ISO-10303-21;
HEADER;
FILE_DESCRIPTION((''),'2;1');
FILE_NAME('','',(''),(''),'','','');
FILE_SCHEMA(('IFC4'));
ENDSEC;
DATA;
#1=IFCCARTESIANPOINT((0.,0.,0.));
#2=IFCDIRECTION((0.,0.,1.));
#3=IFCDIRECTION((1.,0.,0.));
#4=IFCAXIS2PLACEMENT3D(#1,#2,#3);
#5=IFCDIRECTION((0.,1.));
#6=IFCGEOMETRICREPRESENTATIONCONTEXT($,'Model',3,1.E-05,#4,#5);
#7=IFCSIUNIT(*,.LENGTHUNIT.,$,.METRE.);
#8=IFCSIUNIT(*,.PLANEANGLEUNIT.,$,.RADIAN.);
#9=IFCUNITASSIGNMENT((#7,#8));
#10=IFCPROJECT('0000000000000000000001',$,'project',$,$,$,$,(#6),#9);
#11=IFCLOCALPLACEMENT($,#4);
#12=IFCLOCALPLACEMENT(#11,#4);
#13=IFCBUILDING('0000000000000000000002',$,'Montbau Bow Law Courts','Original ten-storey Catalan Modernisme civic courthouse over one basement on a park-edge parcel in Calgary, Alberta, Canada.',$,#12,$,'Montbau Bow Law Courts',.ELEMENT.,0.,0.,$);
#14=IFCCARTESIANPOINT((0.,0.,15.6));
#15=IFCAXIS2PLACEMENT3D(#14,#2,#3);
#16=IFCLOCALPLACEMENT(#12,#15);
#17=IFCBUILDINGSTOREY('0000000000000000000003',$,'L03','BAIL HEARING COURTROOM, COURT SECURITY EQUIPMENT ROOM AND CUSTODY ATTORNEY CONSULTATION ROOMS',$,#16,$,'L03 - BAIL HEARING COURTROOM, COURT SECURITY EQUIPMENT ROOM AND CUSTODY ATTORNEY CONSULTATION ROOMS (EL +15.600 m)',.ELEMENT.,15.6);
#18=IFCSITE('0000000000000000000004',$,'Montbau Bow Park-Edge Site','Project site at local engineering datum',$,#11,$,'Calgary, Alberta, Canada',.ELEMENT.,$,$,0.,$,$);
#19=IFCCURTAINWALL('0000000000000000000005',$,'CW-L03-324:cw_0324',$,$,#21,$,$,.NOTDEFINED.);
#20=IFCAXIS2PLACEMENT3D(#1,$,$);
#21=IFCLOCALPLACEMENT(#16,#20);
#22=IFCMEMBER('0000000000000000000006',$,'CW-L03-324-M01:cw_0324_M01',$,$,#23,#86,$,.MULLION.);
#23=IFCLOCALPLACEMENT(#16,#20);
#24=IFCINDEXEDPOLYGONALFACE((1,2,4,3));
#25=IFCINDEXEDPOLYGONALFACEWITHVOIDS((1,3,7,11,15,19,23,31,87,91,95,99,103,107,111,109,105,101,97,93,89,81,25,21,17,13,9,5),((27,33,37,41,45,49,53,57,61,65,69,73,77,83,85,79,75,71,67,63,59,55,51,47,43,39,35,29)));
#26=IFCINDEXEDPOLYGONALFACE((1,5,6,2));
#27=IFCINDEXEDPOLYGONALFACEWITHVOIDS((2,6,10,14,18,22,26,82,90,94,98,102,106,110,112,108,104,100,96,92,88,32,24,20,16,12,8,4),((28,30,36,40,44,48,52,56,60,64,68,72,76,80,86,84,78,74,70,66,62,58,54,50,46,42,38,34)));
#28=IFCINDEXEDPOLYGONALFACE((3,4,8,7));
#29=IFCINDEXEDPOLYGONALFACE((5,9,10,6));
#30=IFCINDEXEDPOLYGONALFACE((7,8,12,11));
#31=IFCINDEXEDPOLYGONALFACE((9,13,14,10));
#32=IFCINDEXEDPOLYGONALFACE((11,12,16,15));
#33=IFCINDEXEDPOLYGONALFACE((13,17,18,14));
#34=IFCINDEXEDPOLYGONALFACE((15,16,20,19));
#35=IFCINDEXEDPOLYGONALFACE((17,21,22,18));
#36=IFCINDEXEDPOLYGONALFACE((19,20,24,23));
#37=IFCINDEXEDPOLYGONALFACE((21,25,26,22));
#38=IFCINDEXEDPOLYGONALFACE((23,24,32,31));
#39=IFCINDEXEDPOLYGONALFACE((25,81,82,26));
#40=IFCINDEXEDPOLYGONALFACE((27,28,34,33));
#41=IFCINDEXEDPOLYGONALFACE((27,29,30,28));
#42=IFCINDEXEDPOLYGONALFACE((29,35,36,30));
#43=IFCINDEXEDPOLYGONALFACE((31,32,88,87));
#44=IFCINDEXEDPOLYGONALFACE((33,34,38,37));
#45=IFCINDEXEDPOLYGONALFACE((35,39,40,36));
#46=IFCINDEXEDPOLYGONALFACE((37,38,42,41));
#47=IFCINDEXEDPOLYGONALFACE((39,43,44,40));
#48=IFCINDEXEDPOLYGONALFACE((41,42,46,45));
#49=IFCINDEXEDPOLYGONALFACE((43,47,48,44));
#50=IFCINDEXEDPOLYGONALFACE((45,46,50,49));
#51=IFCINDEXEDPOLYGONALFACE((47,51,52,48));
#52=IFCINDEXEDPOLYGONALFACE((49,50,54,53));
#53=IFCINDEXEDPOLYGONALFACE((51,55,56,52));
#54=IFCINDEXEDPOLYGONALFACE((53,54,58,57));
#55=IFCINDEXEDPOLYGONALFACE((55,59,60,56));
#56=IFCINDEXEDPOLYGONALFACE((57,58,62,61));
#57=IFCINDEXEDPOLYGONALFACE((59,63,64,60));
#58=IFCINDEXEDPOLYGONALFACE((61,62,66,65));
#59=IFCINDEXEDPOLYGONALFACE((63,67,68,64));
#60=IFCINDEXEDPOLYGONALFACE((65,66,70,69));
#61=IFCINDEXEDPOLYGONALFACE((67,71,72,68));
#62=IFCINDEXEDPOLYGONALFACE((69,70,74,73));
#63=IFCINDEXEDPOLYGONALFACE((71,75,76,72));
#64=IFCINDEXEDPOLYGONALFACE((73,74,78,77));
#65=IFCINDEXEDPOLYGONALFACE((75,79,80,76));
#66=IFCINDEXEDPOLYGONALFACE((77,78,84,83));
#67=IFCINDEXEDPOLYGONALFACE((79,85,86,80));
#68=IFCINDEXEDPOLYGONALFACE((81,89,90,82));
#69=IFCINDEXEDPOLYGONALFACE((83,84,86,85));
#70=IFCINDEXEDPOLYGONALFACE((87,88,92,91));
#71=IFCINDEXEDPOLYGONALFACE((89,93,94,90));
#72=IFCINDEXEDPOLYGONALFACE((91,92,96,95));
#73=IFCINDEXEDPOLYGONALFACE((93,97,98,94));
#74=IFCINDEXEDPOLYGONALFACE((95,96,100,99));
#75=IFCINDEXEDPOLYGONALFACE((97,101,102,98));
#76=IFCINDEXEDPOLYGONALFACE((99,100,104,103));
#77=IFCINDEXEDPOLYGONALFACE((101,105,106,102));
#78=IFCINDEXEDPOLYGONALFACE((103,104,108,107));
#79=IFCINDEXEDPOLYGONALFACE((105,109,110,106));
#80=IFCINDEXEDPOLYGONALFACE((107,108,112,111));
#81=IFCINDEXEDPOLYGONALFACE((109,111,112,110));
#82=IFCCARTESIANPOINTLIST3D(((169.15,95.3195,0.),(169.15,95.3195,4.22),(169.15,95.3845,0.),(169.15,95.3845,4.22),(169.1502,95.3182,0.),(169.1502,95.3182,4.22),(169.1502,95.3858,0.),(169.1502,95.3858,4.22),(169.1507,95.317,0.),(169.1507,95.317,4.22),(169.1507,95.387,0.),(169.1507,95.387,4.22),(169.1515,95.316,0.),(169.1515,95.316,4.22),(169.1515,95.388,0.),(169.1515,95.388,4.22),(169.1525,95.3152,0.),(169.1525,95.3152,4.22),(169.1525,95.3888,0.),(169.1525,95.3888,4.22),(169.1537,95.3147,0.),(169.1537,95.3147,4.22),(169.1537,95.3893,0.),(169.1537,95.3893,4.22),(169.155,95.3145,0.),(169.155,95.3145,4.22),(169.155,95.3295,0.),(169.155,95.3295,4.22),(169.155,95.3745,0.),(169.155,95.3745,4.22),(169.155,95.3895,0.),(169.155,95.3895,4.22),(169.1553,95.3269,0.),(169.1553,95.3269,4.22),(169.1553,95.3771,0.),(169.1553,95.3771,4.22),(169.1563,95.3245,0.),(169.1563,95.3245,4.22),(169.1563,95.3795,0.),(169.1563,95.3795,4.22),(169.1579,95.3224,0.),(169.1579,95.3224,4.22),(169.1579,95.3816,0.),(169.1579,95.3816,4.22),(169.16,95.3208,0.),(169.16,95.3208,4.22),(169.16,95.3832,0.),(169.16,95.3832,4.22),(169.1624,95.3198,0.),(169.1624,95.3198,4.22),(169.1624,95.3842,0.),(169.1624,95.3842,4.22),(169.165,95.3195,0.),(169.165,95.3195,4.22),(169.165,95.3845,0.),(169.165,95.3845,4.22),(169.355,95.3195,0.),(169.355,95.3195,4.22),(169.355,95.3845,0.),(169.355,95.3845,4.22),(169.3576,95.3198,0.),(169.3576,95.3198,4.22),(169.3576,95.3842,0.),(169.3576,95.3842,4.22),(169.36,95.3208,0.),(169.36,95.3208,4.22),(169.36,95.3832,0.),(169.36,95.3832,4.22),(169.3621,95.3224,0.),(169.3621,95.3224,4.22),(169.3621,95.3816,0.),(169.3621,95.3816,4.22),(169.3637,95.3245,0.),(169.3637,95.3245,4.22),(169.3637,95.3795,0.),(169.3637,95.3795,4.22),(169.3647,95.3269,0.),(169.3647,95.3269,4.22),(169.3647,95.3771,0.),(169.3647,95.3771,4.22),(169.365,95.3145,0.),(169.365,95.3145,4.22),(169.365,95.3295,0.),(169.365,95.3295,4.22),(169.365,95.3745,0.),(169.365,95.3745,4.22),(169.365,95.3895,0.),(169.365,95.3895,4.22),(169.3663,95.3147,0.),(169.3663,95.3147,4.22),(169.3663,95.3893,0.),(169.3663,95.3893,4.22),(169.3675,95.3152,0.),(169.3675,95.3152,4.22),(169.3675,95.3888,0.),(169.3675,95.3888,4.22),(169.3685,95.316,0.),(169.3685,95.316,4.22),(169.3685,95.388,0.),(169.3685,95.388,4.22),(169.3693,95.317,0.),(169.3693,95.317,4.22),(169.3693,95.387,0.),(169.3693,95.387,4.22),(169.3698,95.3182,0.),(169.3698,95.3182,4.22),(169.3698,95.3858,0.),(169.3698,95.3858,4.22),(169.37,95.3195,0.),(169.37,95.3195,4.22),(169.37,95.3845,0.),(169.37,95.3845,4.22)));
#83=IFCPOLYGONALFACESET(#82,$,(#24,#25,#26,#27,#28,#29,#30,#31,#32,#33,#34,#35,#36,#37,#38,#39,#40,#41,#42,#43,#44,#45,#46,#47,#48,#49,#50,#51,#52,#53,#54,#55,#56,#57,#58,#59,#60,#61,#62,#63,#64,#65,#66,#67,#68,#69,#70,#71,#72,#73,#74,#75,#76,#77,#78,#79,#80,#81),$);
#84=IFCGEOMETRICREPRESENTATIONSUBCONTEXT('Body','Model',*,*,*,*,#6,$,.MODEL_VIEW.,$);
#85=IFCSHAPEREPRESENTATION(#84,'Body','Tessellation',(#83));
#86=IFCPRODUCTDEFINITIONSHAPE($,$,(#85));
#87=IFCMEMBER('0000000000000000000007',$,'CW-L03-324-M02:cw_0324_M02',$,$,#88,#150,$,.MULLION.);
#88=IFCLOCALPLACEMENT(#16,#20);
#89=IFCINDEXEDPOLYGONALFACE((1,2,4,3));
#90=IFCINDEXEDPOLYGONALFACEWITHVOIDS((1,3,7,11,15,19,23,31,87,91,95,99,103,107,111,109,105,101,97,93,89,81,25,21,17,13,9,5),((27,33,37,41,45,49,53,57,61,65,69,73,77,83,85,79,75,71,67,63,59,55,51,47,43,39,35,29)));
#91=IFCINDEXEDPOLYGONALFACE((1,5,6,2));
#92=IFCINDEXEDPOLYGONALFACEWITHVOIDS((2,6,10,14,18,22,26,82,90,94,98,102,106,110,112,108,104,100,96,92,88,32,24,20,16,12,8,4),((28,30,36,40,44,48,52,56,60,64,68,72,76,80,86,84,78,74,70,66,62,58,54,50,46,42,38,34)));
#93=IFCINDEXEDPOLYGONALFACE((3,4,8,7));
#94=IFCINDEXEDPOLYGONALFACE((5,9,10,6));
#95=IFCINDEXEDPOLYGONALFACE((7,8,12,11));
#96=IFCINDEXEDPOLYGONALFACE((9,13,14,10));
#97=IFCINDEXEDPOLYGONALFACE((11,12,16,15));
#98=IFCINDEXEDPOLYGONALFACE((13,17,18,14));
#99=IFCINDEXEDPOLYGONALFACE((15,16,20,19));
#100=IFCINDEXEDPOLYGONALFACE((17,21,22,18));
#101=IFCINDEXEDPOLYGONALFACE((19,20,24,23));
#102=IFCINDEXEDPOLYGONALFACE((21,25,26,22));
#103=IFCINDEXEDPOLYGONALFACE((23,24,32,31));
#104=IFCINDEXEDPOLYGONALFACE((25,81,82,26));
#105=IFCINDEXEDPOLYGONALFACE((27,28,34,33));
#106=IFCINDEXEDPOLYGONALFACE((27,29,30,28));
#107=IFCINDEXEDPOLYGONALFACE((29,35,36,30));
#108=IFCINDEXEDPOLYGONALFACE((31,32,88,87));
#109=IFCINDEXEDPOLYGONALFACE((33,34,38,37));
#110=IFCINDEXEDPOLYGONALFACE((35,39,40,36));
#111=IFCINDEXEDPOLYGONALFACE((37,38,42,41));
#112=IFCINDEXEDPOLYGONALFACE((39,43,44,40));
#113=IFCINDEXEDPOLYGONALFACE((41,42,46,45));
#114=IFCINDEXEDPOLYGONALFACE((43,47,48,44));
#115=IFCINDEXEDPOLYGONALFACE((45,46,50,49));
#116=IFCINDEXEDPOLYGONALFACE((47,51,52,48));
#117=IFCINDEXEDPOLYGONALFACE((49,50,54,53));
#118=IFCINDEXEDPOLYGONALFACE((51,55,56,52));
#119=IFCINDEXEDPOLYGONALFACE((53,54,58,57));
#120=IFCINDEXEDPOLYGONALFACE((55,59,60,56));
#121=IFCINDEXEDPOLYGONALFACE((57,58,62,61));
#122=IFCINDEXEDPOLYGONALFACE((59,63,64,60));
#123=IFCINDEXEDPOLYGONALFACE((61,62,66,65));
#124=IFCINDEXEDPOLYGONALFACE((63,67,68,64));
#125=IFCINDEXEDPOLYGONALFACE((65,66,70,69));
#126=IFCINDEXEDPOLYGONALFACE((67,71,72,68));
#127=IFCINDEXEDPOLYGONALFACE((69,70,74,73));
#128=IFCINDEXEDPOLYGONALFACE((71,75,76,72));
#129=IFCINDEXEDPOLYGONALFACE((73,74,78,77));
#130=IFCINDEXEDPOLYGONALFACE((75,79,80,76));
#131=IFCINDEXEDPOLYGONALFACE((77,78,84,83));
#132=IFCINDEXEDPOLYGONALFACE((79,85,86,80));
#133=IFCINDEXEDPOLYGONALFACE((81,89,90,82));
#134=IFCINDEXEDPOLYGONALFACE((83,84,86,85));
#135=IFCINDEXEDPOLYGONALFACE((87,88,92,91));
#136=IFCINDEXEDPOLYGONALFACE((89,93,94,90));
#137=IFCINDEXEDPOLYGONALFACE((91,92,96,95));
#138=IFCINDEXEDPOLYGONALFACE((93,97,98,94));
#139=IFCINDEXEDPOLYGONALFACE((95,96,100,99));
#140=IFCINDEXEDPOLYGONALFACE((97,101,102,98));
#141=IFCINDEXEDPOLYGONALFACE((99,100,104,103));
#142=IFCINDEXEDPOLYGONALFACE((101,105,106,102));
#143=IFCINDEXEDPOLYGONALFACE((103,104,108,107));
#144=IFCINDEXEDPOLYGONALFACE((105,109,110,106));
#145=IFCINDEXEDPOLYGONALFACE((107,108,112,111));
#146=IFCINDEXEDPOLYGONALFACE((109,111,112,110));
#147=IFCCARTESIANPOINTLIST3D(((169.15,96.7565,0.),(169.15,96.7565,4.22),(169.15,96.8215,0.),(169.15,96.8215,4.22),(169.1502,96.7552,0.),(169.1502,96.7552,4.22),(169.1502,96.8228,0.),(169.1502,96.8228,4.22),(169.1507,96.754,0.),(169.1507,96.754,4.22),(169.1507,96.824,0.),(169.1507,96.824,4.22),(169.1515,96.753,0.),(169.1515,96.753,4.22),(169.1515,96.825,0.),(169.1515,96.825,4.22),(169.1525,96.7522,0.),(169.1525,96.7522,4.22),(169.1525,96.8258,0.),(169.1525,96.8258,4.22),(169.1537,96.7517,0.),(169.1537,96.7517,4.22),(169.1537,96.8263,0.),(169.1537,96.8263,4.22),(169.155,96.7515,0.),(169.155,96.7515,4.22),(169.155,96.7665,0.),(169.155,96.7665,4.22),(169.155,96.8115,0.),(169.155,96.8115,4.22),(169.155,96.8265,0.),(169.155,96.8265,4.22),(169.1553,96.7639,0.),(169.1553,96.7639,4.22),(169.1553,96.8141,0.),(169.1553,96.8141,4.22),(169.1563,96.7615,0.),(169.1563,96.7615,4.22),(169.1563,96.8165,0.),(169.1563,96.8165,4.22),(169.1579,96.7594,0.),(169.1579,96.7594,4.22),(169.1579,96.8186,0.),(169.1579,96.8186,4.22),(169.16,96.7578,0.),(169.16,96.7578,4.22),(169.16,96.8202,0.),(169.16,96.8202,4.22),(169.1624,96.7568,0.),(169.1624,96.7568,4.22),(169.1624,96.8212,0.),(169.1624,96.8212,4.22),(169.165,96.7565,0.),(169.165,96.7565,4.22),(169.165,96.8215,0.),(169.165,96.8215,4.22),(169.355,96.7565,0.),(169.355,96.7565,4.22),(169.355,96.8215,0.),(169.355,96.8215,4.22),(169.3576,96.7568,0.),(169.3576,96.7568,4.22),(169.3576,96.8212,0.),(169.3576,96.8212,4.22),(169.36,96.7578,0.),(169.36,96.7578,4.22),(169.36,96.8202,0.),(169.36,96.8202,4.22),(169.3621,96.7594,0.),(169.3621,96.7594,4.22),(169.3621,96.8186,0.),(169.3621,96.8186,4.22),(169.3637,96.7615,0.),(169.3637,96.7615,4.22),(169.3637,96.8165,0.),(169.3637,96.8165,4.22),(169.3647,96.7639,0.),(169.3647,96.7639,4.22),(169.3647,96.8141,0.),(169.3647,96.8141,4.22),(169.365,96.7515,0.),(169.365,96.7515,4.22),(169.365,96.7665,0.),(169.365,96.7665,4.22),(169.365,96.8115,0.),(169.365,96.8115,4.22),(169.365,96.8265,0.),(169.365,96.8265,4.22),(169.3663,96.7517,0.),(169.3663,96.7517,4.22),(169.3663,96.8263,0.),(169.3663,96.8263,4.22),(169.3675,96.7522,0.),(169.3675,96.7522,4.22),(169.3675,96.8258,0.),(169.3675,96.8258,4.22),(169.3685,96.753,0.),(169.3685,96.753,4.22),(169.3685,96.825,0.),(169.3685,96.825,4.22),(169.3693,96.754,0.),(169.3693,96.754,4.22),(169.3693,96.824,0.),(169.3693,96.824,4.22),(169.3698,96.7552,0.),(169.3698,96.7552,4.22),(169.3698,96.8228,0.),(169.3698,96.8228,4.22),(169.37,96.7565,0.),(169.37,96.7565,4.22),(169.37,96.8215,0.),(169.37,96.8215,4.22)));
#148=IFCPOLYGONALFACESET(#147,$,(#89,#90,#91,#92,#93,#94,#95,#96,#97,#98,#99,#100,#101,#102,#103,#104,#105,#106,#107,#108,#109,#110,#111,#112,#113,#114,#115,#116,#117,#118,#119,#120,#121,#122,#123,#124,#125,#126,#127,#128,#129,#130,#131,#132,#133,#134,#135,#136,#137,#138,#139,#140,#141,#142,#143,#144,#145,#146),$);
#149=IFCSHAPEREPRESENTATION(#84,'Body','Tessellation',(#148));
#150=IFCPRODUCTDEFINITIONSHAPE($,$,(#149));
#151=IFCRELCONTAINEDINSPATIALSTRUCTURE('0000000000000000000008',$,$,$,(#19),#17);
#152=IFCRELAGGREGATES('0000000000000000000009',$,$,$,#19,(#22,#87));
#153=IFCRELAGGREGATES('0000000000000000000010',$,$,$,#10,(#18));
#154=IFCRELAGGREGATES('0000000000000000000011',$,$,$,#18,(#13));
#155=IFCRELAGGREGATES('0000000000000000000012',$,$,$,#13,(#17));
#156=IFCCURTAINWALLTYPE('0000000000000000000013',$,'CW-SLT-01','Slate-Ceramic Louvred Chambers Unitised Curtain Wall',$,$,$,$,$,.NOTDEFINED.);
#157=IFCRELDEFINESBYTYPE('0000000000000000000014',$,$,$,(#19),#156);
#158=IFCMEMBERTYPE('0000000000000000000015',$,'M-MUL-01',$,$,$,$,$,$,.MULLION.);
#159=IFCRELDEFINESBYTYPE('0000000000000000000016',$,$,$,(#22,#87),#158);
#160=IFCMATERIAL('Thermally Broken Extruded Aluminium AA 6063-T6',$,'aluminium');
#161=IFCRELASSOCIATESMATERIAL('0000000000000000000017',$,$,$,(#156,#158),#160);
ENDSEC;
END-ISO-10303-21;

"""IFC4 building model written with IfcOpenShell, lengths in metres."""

from ifc_helpers import new_model, si_unit, direction, frame, origin_with_axes, origin_2d_with_axis, place, context, subcontext, project, spatial, hollow_rectangle, extrude, material, material_profile, profile_set, type_object, element, aggregate, save


model = new_model("IFC4")

# Units and contexts
model_context = context("Model", 3, precision=1e-05, world=origin_with_axes(), true_north=direction((0.0, 1.0)))
body_context = subcontext(model_context, "Body", "Model", "MODEL_VIEW")
ifc_project = project(units=[si_unit("LENGTHUNIT", "METRE"), si_unit("PLANEANGLEUNIT", "RADIAN")], contexts=[model_context])

# Site, building, storey
site_placement = place(None, origin_with_axes())
site = spatial("IfcSite", under=ifc_project, at=site_placement, Name="Montbau Bow Park-Edge Site", Description="Project site at local engineering datum", LongName="Calgary, Alberta, Canada", CompositionType="ELEMENT", RefElevation=0.0)
building_placement = place(site_placement, origin_with_axes())
building = spatial("IfcBuilding", under=site, at=building_placement, Name="Montbau Bow Law Courts", Description="Original ten-storey Catalan Modernisme civic courthouse over one basement on a park-edge parcel in Calgary, Alberta, Canada.", LongName="Montbau Bow Law Courts", CompositionType="ELEMENT", ElevationOfRefHeight=0.0, ElevationOfTerrain=0.0)
storey_placement = place(building_placement, frame((0.0, 0.0, 15.6), z_axis=(0.0, 0.0, 1.0), x_axis=(1.0, 0.0, 0.0)))
storey = spatial("IfcBuildingStorey", under=building, at=storey_placement, Name="L03", Description="BAIL HEARING COURTROOM, COURT SECURITY EQUIPMENT ROOM AND CUSTODY ATTORNEY CONSULTATION ROOMS", LongName="L03 - BAIL HEARING COURTROOM, COURT SECURITY EQUIPMENT ROOM AND CUSTODY ATTORNEY CONSULTATION ROOMS (EL +15.600 m)", CompositionType="ELEMENT", Elevation=15.6)

# Curtain wall, members
ifc_material_1 = material(Name="Thermally Broken Extruded Aluminium AA 6063-T6", Category="aluminium")
curtain_wall_type = type_object("IfcCurtainWallType", Name="CW-SLT-01", Description="Slate-Ceramic Louvred Chambers Unitised Curtain Wall", PredefinedType="NOTDEFINED", material=ifc_material_1)
curtain_wall_1_placement = place(None, frame((169.26, 95.315, 15.6), z_axis=(0.0, 0.0, 1.0), x_axis=(1.0, 0.0, 0.0)))
curtain_wall_1 = element("IfcCurtainWall", 1, at=curtain_wall_1_placement, inside=storey, type_object=curtain_wall_type, Name="CW-L03-324:cw_0324", PredefinedType="NOTDEFINED")
ifc_material_profile_1 = material_profile(ifc_material_1, hollow_rectangle(XDim=0.075, YDim=0.22, WallThickness=0.005, InnerFilletRadius=0.01, OuterFilletRadius=0.005, at=origin_2d_with_axis()), Name="CWM-220X75", Category="Main", Priority=0)
ifc_profile_set_1 = profile_set([ifc_material_profile_1], Name="Thermally Broken Extruded Aluminium AA 6063-T6")
member_type_1 = type_object("IfcMemberType", Name="M-MUL-01", PredefinedType="MULLION", material=ifc_profile_set_1)
member_1_placement = place(None, frame((169.26, 95.352, 15.6), z_axis=(0.0, 0.0, 1.0), x_axis=(0.0, 1.0, 0.0)))
member_1 = element("IfcMember", 2, at=member_1_placement, type_object=member_type_1, Name="CW-L03-324-M01:cw_0324_M01", PredefinedType="MULLION", context=body_context, shape_type="SweptSolid", body=[
    extrude(hollow_rectangle(XDim=0.075, YDim=0.22, WallThickness=0.005, InnerFilletRadius=0.01, OuterFilletRadius=0.005, at=origin_2d_with_axis()), origin_with_axes(), (0.0, 0.0, 1.0), 4.22),
])
member_2_placement = place(None, frame((169.26, 96.789, 15.6), z_axis=(0.0, 0.0, 1.0), x_axis=(0.0, 1.0, 0.0)))
member_2 = element("IfcMember", 3, at=member_2_placement, type_object=member_type_1, Name="CW-L03-324-M02:cw_0324_M02", PredefinedType="MULLION", context=body_context, shape_type="SweptSolid", body=[
    extrude(hollow_rectangle(XDim=0.075, YDim=0.22, WallThickness=0.005, InnerFilletRadius=0.01, OuterFilletRadius=0.005, at=origin_2d_with_axis()), origin_with_axes(), (0.0, 0.0, 1.0), 4.22),
])

aggregate(curtain_wall_1, [member_1, member_2])

save(model, "model.ifc")
